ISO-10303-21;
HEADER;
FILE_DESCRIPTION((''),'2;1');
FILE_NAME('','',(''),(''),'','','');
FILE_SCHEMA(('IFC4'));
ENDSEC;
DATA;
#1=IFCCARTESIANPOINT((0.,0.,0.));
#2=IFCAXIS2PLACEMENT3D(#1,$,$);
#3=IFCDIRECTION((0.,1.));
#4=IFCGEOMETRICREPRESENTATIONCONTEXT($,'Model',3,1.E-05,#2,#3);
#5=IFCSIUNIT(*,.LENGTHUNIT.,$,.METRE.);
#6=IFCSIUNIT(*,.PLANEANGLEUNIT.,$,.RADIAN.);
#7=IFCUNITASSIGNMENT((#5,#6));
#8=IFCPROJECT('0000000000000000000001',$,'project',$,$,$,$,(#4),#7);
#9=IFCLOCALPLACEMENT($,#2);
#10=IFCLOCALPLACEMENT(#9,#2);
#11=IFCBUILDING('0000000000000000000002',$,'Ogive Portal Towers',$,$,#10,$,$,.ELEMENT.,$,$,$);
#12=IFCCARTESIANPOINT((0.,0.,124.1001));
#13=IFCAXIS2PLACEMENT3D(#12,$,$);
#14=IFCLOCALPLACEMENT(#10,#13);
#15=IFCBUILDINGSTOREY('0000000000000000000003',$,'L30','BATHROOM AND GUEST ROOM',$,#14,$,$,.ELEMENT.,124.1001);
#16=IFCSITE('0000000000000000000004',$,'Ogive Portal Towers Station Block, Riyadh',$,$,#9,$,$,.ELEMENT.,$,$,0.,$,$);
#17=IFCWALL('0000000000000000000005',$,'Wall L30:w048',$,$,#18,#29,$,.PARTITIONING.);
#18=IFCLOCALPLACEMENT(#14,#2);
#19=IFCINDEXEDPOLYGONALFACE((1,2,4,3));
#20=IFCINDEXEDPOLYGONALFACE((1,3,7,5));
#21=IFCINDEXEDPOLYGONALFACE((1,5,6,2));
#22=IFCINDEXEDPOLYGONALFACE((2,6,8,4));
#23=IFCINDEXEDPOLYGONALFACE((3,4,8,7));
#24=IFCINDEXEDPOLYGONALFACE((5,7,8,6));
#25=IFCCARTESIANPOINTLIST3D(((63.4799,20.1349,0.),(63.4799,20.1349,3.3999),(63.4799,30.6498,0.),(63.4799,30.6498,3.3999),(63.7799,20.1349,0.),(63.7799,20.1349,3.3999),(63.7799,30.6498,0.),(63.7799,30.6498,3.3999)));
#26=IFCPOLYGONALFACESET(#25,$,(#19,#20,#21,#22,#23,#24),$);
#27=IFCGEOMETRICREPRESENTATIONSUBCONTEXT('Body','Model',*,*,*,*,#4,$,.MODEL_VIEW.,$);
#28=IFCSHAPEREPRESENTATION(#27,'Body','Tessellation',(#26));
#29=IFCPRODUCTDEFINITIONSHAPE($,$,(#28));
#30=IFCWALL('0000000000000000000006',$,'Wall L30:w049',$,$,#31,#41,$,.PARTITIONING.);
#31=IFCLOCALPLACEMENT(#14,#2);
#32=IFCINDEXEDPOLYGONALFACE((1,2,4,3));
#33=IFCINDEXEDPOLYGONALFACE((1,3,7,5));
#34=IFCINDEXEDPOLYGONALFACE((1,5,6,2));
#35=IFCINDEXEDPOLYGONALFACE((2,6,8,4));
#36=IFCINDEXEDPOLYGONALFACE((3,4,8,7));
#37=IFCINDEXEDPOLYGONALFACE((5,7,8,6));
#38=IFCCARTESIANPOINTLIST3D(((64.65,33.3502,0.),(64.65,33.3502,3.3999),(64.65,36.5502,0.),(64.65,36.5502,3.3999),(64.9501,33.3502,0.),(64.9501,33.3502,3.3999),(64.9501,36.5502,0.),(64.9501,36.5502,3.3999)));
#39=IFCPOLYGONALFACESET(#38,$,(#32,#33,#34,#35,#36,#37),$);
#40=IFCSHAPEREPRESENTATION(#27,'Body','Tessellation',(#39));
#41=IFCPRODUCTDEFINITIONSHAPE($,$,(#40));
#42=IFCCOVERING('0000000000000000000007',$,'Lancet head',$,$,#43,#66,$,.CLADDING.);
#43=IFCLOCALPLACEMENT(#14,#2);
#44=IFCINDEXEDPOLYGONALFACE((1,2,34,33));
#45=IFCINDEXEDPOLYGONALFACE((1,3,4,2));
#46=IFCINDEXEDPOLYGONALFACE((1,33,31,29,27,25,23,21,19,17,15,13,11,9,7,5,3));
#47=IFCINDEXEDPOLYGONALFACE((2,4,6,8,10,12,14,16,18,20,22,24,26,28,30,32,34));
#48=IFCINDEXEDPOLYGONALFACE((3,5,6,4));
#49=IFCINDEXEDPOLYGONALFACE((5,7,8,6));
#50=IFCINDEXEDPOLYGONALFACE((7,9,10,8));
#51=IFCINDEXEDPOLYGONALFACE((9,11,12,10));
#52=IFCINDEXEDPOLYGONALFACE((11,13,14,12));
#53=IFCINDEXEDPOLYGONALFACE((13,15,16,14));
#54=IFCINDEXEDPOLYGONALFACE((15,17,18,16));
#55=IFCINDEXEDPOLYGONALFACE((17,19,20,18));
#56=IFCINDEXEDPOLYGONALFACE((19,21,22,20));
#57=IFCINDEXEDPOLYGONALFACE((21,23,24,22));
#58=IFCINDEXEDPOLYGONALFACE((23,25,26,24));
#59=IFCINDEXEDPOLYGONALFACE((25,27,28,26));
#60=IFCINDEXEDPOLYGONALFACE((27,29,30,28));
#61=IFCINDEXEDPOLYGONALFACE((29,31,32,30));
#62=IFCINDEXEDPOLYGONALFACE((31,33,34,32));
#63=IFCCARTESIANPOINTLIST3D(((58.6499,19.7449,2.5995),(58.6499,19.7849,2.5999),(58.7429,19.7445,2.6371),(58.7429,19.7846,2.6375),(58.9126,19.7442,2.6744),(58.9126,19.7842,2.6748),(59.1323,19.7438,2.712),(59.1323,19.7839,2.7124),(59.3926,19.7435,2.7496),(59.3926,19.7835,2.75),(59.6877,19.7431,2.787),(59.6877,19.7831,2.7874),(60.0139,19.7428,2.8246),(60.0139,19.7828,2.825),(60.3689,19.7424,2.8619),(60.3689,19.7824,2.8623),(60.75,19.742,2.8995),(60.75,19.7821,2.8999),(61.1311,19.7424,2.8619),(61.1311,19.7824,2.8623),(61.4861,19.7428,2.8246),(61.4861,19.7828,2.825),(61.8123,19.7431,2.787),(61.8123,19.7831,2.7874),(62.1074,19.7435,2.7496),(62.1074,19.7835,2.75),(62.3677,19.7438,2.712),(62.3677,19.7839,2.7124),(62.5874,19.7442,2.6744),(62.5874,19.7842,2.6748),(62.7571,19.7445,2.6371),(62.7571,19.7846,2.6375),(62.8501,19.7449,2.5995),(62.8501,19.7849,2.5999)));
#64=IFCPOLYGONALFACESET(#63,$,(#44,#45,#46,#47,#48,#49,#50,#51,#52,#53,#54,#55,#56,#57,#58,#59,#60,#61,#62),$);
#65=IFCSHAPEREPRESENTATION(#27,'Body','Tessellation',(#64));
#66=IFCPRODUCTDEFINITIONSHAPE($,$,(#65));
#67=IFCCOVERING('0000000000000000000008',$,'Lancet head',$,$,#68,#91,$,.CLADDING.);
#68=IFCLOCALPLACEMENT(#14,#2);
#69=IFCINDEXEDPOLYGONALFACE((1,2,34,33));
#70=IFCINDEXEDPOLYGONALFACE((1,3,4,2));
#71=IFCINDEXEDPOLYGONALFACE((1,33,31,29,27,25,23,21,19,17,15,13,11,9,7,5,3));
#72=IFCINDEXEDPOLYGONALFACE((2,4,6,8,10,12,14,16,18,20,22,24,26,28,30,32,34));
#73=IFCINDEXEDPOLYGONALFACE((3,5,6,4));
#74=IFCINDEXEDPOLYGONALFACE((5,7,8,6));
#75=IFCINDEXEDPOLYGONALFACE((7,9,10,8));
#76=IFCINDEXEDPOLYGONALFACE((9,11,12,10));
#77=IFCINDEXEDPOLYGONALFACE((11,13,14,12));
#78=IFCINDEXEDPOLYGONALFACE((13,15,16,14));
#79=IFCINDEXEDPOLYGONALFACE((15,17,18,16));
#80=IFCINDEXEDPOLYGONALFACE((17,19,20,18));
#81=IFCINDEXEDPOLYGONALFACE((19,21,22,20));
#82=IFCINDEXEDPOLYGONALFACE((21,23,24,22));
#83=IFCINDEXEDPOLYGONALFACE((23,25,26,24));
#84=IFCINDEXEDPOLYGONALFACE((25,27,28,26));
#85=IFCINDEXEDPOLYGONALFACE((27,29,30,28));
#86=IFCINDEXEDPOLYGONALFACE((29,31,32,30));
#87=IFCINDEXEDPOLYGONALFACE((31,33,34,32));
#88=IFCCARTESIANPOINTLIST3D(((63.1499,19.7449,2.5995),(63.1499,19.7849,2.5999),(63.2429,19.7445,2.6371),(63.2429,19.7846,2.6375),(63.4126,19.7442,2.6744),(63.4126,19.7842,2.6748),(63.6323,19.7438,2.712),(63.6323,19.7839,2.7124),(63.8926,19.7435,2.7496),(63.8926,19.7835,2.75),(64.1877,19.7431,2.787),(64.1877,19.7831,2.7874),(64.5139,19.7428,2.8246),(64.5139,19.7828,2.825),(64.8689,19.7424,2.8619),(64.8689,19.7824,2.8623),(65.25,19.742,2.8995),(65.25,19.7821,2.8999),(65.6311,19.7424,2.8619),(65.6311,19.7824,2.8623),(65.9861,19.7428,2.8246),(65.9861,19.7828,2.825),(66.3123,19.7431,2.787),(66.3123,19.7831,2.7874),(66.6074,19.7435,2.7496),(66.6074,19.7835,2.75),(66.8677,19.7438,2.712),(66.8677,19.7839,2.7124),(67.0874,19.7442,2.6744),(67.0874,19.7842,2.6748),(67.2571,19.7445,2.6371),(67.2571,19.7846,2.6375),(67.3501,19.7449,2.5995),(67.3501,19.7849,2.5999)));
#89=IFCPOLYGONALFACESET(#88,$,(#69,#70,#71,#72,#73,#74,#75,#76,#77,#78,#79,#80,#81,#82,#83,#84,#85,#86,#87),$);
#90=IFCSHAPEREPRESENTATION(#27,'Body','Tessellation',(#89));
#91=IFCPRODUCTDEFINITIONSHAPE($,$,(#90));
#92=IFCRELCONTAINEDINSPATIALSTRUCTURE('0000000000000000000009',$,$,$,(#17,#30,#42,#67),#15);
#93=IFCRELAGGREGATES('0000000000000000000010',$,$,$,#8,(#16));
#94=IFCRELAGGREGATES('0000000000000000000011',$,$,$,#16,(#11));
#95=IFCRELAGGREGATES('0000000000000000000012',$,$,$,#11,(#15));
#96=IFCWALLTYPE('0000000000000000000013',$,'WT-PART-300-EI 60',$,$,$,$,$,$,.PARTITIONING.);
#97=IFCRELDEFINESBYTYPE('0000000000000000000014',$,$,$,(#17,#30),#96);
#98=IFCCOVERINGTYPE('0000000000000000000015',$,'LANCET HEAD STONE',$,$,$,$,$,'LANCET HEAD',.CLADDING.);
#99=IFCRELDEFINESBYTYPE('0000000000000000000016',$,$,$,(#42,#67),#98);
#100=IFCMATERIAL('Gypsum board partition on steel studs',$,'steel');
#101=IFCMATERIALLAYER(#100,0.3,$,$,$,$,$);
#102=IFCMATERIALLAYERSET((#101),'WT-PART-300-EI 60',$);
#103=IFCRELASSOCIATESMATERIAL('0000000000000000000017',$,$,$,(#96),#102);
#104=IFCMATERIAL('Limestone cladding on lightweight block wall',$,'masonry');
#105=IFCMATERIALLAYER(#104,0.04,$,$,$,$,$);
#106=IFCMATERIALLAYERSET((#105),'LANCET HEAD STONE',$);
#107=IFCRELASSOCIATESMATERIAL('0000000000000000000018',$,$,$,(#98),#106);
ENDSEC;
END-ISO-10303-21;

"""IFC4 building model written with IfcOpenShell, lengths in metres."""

from ifc_helpers import new_model, si_unit, direction, frame, frame_2d, origin, place, context, subcontext, project, spatial, polyline, rectangle, outline, extrude, material, layer, layer_set, type_object, element, save


model = new_model("IFC4")

# Units and contexts
model_context = context("Model", 3, precision=1e-05, world=origin(), true_north=direction((0.0, 1.0)))
body_context = subcontext(model_context, "Body", "Model", "MODEL_VIEW")
ifc_project = project(units=[si_unit("LENGTHUNIT", "METRE"), si_unit("PLANEANGLEUNIT", "RADIAN")], contexts=[model_context])

# Site, building, storey
site_placement = place(None, origin())
site = spatial("IfcSite", under=ifc_project, at=site_placement, Name="Ogive Portal Towers Station Block, Riyadh", CompositionType="ELEMENT", RefElevation=0.0)
building_placement = place(site_placement, origin())
building = spatial("IfcBuilding", under=site, at=building_placement, Name="Ogive Portal Towers", CompositionType="ELEMENT")
storey_placement = place(building_placement, frame((0.0, 0.0, 124.1001)))
storey = spatial("IfcBuildingStorey", under=building, at=storey_placement, Name="L30", Description="BATHROOM AND GUEST ROOM", CompositionType="ELEMENT", Elevation=124.1001)

# Shared definitions
ifc_material_1 = material(Name="Gypsum board partition on steel studs", Category="steel")

# Shared definitions
ifc_layer_1 = layer(ifc_material_1, 0.3)
ifc_layer_set_1 = layer_set([ifc_layer_1], Name="WT-PART-300-EI 60")
wall_type_1 = type_object("IfcWallType", Name="WT-PART-300-EI 60", PredefinedType="PARTITIONING", material=ifc_layer_set_1)

# Walls
wall_1_placement = place(storey_placement, frame((63.6299, 20.135, 0.0), z_axis=(0.0, 0.0, 1.0), x_axis=(0.0, 1.0, 0.0)))
element("IfcWall", 1, at=wall_1_placement, inside=storey, type_object=wall_type_1, Name="Wall L30:w048", PredefinedType="PARTITIONING", context=body_context, shape_type="SweptSolid", body=[
    extrude(rectangle(XDim=10.5149, YDim=0.3, at=frame_2d((5.2573, 0.0))), origin(), (0.0, 0.0, 1.0), 3.3999),
])
wall_2_placement = place(storey_placement, frame((64.8, 33.3501, 0.0), z_axis=(0.0, 0.0, 1.0), x_axis=(0.0, 1.0, 0.0)))
element("IfcWall", 2, at=wall_2_placement, inside=storey, type_object=wall_type_1, Name="Wall L30:w049", PredefinedType="PARTITIONING", context=body_context, shape_type="SweptSolid", body=[
    extrude(rectangle(XDim=3.2, YDim=0.3, at=frame_2d((1.6001, 0.0))), origin(), (0.0, 0.0, 1.0), 3.3999),
])

# Coverings
ifc_material_2 = material(Name="Limestone cladding on lightweight block wall", Category="masonry")
ifc_layer_2 = layer(ifc_material_2, 0.04)
ifc_layer_set_2 = layer_set([ifc_layer_2], Name="LANCET HEAD STONE")
covering_type = type_object("IfcCoveringType", Name="LANCET HEAD STONE", ElementType="LANCET HEAD", PredefinedType="CLADDING", material=ifc_layer_set_2)
for number, where, z_axis, x_axis, name in (
    (3, (58.6499, 19.7849, 2.5999), (0.0, 0.999956, 0.009423), (1.0, 0.0, 0.0), "Lancet head"),
    (4, (63.1499, 19.7849, 2.5999), (0.0, 0.999956, 0.009423), (1.0, 0.0, 0.0), "Lancet head"),
):
    element("IfcCovering", number, at=place(storey_placement, frame(where, z_axis=z_axis, x_axis=x_axis)), inside=storey, type_object=covering_type, Name=name, PredefinedType="CLADDING", context=body_context, shape_type="SweptSolid", body=[
        extrude(outline(polyline([(0.0, 0.0), (4.2002, 0.0), (4.1072, -0.0376), (3.9375, -0.075), (3.7178, -0.1126), (3.4575, -0.1502), (3.1624, -0.1875), (2.8362, -0.2251), (2.4812, -0.2625), (2.1001, -0.3001), (1.719, -0.2625), (1.364, -0.2251), (1.0378, -0.1875), (0.7427, -0.1502), (0.4824, -0.1126), (0.2627, -0.075), (0.093, -0.0376), (0.0, 0.0)])), origin(), (0.0, 0.0, -1.0), 0.04),
    ])

save(model, "model.ifc")
